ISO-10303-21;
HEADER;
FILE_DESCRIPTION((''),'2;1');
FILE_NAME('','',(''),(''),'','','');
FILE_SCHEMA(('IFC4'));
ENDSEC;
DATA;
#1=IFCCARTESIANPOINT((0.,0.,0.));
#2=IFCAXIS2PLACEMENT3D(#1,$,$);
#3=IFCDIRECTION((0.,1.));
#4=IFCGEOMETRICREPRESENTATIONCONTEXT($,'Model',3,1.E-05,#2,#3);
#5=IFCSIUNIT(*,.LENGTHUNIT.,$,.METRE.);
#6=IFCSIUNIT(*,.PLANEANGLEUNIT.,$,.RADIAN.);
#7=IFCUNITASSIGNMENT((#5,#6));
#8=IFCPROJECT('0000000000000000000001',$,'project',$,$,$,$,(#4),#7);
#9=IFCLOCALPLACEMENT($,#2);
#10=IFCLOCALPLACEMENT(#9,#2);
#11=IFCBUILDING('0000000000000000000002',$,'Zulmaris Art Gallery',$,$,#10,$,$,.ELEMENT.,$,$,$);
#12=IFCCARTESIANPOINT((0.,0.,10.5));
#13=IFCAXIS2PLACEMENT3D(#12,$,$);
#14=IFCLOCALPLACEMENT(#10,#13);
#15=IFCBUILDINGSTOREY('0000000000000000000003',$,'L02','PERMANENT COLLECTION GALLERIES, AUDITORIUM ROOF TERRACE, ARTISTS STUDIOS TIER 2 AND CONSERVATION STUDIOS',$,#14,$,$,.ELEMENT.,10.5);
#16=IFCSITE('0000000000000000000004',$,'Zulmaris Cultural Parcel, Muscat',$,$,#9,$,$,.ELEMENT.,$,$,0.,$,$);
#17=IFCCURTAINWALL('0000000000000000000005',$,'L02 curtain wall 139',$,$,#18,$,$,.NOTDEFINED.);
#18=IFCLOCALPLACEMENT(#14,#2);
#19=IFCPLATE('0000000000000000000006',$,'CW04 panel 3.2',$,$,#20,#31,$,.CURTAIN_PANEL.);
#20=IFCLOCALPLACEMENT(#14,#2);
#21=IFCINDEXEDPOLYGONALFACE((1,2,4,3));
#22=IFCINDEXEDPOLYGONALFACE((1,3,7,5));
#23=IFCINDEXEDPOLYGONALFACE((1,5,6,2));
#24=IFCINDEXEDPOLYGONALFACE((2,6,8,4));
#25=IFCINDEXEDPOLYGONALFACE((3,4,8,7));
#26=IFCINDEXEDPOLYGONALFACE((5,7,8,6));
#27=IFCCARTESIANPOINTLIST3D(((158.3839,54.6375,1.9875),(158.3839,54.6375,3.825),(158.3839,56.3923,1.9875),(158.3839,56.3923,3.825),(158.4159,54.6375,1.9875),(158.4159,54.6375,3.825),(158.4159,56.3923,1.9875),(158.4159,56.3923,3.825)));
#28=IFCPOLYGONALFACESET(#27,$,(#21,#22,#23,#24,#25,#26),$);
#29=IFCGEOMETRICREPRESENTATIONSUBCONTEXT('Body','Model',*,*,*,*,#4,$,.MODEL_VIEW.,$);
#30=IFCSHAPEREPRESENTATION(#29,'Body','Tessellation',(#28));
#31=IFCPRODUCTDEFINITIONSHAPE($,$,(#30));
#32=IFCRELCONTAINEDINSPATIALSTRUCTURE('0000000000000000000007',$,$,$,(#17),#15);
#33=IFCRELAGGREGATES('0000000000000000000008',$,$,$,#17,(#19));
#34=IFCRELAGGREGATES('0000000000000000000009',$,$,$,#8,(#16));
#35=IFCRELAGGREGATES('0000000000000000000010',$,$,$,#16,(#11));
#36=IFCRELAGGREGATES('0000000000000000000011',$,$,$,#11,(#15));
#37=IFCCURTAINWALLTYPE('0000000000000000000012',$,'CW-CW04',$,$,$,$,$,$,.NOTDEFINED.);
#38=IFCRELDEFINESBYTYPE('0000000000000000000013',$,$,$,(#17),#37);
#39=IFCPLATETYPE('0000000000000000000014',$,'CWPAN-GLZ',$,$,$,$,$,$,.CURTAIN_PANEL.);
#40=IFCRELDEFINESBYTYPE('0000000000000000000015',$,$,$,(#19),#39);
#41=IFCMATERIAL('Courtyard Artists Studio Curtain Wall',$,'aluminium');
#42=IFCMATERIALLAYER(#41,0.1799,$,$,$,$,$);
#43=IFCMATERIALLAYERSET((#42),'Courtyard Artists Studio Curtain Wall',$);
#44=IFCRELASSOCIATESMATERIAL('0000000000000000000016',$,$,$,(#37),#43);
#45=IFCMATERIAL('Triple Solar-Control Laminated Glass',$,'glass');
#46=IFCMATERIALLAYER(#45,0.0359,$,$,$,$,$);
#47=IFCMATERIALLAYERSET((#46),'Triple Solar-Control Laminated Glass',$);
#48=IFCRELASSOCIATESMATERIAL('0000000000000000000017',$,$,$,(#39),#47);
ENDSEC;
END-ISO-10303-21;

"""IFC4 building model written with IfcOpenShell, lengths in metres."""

from ifc_helpers import new_model, si_unit, direction, frame, origin, origin_2d, place, context, subcontext, project, spatial, rectangle, extrude, material, layer, layer_set, type_object, element, aggregate, save


model = new_model("IFC4")

# Units and contexts
model_context = context("Model", 3, precision=1e-05, world=origin(), true_north=direction((0.0, 1.0)))
body_context = subcontext(model_context, "Body", "Model", "MODEL_VIEW")
ifc_project = project(units=[si_unit("LENGTHUNIT", "METRE"), si_unit("PLANEANGLEUNIT", "RADIAN")], contexts=[model_context])

# Site, building, storey
site_placement = place(None, origin())
site = spatial("IfcSite", under=ifc_project, at=site_placement, Name="Zulmaris Cultural Parcel, Muscat", CompositionType="ELEMENT", RefElevation=0.0)
building_placement = place(site_placement, origin())
building = spatial("IfcBuilding", under=site, at=building_placement, Name="Zulmaris Art Gallery", CompositionType="ELEMENT")
storey_placement = place(building_placement, frame((0.0, 0.0, 10.5)))
storey = spatial("IfcBuildingStorey", under=building, at=storey_placement, Name="L02", Description="PERMANENT COLLECTION GALLERIES, AUDITORIUM ROOF TERRACE, ARTISTS STUDIOS TIER 2 AND CONSERVATION STUDIOS", CompositionType="ELEMENT", Elevation=10.5)

# Curtain wall
ifc_material_1 = material(Name="Courtyard Artists Studio Curtain Wall", Category="aluminium")
ifc_layer_1 = layer(ifc_material_1, 0.1799)
ifc_layer_set_1 = layer_set([ifc_layer_1], Name="Courtyard Artists Studio Curtain Wall")
curtain_wall_type = type_object("IfcCurtainWallType", Name="CW-CW04", PredefinedType="NOTDEFINED", material=ifc_layer_set_1)
curtain_wall_1_placement = place(storey_placement, origin())
curtain_wall_1 = element("IfcCurtainWall", 1, at=curtain_wall_1_placement, inside=storey, type_object=curtain_wall_type, Name="L02 curtain wall 139", PredefinedType="NOTDEFINED")

# Plate
ifc_material_2 = material(Name="Triple Solar-Control Laminated Glass", Category="glass")
ifc_layer_2 = layer(ifc_material_2, 0.0359)
ifc_layer_set_2 = layer_set([ifc_layer_2], Name="Triple Solar-Control Laminated Glass")
plate_type = type_object("IfcPlateType", Name="CWPAN-GLZ", PredefinedType="CURTAIN_PANEL", material=ifc_layer_set_2)
plate_1_placement = place(storey_placement, frame((158.3999, 55.5149, 1.9875), z_axis=(0.0, 0.0, 1.0), x_axis=(0.0, 1.0, 0.0)))
plate_1 = element("IfcPlate", 2, at=plate_1_placement, type_object=plate_type, Name="CW04 panel 3.2", PredefinedType="CURTAIN_PANEL", context=body_context, shape_type="SweptSolid", body=[
    extrude(rectangle(XDim=1.7549, YDim=0.032, at=origin_2d()), origin(), (0.0, 0.0, 1.0), 1.8374),
])
aggregate(curtain_wall_1, [plate_1])

save(model, "model.ifc")
